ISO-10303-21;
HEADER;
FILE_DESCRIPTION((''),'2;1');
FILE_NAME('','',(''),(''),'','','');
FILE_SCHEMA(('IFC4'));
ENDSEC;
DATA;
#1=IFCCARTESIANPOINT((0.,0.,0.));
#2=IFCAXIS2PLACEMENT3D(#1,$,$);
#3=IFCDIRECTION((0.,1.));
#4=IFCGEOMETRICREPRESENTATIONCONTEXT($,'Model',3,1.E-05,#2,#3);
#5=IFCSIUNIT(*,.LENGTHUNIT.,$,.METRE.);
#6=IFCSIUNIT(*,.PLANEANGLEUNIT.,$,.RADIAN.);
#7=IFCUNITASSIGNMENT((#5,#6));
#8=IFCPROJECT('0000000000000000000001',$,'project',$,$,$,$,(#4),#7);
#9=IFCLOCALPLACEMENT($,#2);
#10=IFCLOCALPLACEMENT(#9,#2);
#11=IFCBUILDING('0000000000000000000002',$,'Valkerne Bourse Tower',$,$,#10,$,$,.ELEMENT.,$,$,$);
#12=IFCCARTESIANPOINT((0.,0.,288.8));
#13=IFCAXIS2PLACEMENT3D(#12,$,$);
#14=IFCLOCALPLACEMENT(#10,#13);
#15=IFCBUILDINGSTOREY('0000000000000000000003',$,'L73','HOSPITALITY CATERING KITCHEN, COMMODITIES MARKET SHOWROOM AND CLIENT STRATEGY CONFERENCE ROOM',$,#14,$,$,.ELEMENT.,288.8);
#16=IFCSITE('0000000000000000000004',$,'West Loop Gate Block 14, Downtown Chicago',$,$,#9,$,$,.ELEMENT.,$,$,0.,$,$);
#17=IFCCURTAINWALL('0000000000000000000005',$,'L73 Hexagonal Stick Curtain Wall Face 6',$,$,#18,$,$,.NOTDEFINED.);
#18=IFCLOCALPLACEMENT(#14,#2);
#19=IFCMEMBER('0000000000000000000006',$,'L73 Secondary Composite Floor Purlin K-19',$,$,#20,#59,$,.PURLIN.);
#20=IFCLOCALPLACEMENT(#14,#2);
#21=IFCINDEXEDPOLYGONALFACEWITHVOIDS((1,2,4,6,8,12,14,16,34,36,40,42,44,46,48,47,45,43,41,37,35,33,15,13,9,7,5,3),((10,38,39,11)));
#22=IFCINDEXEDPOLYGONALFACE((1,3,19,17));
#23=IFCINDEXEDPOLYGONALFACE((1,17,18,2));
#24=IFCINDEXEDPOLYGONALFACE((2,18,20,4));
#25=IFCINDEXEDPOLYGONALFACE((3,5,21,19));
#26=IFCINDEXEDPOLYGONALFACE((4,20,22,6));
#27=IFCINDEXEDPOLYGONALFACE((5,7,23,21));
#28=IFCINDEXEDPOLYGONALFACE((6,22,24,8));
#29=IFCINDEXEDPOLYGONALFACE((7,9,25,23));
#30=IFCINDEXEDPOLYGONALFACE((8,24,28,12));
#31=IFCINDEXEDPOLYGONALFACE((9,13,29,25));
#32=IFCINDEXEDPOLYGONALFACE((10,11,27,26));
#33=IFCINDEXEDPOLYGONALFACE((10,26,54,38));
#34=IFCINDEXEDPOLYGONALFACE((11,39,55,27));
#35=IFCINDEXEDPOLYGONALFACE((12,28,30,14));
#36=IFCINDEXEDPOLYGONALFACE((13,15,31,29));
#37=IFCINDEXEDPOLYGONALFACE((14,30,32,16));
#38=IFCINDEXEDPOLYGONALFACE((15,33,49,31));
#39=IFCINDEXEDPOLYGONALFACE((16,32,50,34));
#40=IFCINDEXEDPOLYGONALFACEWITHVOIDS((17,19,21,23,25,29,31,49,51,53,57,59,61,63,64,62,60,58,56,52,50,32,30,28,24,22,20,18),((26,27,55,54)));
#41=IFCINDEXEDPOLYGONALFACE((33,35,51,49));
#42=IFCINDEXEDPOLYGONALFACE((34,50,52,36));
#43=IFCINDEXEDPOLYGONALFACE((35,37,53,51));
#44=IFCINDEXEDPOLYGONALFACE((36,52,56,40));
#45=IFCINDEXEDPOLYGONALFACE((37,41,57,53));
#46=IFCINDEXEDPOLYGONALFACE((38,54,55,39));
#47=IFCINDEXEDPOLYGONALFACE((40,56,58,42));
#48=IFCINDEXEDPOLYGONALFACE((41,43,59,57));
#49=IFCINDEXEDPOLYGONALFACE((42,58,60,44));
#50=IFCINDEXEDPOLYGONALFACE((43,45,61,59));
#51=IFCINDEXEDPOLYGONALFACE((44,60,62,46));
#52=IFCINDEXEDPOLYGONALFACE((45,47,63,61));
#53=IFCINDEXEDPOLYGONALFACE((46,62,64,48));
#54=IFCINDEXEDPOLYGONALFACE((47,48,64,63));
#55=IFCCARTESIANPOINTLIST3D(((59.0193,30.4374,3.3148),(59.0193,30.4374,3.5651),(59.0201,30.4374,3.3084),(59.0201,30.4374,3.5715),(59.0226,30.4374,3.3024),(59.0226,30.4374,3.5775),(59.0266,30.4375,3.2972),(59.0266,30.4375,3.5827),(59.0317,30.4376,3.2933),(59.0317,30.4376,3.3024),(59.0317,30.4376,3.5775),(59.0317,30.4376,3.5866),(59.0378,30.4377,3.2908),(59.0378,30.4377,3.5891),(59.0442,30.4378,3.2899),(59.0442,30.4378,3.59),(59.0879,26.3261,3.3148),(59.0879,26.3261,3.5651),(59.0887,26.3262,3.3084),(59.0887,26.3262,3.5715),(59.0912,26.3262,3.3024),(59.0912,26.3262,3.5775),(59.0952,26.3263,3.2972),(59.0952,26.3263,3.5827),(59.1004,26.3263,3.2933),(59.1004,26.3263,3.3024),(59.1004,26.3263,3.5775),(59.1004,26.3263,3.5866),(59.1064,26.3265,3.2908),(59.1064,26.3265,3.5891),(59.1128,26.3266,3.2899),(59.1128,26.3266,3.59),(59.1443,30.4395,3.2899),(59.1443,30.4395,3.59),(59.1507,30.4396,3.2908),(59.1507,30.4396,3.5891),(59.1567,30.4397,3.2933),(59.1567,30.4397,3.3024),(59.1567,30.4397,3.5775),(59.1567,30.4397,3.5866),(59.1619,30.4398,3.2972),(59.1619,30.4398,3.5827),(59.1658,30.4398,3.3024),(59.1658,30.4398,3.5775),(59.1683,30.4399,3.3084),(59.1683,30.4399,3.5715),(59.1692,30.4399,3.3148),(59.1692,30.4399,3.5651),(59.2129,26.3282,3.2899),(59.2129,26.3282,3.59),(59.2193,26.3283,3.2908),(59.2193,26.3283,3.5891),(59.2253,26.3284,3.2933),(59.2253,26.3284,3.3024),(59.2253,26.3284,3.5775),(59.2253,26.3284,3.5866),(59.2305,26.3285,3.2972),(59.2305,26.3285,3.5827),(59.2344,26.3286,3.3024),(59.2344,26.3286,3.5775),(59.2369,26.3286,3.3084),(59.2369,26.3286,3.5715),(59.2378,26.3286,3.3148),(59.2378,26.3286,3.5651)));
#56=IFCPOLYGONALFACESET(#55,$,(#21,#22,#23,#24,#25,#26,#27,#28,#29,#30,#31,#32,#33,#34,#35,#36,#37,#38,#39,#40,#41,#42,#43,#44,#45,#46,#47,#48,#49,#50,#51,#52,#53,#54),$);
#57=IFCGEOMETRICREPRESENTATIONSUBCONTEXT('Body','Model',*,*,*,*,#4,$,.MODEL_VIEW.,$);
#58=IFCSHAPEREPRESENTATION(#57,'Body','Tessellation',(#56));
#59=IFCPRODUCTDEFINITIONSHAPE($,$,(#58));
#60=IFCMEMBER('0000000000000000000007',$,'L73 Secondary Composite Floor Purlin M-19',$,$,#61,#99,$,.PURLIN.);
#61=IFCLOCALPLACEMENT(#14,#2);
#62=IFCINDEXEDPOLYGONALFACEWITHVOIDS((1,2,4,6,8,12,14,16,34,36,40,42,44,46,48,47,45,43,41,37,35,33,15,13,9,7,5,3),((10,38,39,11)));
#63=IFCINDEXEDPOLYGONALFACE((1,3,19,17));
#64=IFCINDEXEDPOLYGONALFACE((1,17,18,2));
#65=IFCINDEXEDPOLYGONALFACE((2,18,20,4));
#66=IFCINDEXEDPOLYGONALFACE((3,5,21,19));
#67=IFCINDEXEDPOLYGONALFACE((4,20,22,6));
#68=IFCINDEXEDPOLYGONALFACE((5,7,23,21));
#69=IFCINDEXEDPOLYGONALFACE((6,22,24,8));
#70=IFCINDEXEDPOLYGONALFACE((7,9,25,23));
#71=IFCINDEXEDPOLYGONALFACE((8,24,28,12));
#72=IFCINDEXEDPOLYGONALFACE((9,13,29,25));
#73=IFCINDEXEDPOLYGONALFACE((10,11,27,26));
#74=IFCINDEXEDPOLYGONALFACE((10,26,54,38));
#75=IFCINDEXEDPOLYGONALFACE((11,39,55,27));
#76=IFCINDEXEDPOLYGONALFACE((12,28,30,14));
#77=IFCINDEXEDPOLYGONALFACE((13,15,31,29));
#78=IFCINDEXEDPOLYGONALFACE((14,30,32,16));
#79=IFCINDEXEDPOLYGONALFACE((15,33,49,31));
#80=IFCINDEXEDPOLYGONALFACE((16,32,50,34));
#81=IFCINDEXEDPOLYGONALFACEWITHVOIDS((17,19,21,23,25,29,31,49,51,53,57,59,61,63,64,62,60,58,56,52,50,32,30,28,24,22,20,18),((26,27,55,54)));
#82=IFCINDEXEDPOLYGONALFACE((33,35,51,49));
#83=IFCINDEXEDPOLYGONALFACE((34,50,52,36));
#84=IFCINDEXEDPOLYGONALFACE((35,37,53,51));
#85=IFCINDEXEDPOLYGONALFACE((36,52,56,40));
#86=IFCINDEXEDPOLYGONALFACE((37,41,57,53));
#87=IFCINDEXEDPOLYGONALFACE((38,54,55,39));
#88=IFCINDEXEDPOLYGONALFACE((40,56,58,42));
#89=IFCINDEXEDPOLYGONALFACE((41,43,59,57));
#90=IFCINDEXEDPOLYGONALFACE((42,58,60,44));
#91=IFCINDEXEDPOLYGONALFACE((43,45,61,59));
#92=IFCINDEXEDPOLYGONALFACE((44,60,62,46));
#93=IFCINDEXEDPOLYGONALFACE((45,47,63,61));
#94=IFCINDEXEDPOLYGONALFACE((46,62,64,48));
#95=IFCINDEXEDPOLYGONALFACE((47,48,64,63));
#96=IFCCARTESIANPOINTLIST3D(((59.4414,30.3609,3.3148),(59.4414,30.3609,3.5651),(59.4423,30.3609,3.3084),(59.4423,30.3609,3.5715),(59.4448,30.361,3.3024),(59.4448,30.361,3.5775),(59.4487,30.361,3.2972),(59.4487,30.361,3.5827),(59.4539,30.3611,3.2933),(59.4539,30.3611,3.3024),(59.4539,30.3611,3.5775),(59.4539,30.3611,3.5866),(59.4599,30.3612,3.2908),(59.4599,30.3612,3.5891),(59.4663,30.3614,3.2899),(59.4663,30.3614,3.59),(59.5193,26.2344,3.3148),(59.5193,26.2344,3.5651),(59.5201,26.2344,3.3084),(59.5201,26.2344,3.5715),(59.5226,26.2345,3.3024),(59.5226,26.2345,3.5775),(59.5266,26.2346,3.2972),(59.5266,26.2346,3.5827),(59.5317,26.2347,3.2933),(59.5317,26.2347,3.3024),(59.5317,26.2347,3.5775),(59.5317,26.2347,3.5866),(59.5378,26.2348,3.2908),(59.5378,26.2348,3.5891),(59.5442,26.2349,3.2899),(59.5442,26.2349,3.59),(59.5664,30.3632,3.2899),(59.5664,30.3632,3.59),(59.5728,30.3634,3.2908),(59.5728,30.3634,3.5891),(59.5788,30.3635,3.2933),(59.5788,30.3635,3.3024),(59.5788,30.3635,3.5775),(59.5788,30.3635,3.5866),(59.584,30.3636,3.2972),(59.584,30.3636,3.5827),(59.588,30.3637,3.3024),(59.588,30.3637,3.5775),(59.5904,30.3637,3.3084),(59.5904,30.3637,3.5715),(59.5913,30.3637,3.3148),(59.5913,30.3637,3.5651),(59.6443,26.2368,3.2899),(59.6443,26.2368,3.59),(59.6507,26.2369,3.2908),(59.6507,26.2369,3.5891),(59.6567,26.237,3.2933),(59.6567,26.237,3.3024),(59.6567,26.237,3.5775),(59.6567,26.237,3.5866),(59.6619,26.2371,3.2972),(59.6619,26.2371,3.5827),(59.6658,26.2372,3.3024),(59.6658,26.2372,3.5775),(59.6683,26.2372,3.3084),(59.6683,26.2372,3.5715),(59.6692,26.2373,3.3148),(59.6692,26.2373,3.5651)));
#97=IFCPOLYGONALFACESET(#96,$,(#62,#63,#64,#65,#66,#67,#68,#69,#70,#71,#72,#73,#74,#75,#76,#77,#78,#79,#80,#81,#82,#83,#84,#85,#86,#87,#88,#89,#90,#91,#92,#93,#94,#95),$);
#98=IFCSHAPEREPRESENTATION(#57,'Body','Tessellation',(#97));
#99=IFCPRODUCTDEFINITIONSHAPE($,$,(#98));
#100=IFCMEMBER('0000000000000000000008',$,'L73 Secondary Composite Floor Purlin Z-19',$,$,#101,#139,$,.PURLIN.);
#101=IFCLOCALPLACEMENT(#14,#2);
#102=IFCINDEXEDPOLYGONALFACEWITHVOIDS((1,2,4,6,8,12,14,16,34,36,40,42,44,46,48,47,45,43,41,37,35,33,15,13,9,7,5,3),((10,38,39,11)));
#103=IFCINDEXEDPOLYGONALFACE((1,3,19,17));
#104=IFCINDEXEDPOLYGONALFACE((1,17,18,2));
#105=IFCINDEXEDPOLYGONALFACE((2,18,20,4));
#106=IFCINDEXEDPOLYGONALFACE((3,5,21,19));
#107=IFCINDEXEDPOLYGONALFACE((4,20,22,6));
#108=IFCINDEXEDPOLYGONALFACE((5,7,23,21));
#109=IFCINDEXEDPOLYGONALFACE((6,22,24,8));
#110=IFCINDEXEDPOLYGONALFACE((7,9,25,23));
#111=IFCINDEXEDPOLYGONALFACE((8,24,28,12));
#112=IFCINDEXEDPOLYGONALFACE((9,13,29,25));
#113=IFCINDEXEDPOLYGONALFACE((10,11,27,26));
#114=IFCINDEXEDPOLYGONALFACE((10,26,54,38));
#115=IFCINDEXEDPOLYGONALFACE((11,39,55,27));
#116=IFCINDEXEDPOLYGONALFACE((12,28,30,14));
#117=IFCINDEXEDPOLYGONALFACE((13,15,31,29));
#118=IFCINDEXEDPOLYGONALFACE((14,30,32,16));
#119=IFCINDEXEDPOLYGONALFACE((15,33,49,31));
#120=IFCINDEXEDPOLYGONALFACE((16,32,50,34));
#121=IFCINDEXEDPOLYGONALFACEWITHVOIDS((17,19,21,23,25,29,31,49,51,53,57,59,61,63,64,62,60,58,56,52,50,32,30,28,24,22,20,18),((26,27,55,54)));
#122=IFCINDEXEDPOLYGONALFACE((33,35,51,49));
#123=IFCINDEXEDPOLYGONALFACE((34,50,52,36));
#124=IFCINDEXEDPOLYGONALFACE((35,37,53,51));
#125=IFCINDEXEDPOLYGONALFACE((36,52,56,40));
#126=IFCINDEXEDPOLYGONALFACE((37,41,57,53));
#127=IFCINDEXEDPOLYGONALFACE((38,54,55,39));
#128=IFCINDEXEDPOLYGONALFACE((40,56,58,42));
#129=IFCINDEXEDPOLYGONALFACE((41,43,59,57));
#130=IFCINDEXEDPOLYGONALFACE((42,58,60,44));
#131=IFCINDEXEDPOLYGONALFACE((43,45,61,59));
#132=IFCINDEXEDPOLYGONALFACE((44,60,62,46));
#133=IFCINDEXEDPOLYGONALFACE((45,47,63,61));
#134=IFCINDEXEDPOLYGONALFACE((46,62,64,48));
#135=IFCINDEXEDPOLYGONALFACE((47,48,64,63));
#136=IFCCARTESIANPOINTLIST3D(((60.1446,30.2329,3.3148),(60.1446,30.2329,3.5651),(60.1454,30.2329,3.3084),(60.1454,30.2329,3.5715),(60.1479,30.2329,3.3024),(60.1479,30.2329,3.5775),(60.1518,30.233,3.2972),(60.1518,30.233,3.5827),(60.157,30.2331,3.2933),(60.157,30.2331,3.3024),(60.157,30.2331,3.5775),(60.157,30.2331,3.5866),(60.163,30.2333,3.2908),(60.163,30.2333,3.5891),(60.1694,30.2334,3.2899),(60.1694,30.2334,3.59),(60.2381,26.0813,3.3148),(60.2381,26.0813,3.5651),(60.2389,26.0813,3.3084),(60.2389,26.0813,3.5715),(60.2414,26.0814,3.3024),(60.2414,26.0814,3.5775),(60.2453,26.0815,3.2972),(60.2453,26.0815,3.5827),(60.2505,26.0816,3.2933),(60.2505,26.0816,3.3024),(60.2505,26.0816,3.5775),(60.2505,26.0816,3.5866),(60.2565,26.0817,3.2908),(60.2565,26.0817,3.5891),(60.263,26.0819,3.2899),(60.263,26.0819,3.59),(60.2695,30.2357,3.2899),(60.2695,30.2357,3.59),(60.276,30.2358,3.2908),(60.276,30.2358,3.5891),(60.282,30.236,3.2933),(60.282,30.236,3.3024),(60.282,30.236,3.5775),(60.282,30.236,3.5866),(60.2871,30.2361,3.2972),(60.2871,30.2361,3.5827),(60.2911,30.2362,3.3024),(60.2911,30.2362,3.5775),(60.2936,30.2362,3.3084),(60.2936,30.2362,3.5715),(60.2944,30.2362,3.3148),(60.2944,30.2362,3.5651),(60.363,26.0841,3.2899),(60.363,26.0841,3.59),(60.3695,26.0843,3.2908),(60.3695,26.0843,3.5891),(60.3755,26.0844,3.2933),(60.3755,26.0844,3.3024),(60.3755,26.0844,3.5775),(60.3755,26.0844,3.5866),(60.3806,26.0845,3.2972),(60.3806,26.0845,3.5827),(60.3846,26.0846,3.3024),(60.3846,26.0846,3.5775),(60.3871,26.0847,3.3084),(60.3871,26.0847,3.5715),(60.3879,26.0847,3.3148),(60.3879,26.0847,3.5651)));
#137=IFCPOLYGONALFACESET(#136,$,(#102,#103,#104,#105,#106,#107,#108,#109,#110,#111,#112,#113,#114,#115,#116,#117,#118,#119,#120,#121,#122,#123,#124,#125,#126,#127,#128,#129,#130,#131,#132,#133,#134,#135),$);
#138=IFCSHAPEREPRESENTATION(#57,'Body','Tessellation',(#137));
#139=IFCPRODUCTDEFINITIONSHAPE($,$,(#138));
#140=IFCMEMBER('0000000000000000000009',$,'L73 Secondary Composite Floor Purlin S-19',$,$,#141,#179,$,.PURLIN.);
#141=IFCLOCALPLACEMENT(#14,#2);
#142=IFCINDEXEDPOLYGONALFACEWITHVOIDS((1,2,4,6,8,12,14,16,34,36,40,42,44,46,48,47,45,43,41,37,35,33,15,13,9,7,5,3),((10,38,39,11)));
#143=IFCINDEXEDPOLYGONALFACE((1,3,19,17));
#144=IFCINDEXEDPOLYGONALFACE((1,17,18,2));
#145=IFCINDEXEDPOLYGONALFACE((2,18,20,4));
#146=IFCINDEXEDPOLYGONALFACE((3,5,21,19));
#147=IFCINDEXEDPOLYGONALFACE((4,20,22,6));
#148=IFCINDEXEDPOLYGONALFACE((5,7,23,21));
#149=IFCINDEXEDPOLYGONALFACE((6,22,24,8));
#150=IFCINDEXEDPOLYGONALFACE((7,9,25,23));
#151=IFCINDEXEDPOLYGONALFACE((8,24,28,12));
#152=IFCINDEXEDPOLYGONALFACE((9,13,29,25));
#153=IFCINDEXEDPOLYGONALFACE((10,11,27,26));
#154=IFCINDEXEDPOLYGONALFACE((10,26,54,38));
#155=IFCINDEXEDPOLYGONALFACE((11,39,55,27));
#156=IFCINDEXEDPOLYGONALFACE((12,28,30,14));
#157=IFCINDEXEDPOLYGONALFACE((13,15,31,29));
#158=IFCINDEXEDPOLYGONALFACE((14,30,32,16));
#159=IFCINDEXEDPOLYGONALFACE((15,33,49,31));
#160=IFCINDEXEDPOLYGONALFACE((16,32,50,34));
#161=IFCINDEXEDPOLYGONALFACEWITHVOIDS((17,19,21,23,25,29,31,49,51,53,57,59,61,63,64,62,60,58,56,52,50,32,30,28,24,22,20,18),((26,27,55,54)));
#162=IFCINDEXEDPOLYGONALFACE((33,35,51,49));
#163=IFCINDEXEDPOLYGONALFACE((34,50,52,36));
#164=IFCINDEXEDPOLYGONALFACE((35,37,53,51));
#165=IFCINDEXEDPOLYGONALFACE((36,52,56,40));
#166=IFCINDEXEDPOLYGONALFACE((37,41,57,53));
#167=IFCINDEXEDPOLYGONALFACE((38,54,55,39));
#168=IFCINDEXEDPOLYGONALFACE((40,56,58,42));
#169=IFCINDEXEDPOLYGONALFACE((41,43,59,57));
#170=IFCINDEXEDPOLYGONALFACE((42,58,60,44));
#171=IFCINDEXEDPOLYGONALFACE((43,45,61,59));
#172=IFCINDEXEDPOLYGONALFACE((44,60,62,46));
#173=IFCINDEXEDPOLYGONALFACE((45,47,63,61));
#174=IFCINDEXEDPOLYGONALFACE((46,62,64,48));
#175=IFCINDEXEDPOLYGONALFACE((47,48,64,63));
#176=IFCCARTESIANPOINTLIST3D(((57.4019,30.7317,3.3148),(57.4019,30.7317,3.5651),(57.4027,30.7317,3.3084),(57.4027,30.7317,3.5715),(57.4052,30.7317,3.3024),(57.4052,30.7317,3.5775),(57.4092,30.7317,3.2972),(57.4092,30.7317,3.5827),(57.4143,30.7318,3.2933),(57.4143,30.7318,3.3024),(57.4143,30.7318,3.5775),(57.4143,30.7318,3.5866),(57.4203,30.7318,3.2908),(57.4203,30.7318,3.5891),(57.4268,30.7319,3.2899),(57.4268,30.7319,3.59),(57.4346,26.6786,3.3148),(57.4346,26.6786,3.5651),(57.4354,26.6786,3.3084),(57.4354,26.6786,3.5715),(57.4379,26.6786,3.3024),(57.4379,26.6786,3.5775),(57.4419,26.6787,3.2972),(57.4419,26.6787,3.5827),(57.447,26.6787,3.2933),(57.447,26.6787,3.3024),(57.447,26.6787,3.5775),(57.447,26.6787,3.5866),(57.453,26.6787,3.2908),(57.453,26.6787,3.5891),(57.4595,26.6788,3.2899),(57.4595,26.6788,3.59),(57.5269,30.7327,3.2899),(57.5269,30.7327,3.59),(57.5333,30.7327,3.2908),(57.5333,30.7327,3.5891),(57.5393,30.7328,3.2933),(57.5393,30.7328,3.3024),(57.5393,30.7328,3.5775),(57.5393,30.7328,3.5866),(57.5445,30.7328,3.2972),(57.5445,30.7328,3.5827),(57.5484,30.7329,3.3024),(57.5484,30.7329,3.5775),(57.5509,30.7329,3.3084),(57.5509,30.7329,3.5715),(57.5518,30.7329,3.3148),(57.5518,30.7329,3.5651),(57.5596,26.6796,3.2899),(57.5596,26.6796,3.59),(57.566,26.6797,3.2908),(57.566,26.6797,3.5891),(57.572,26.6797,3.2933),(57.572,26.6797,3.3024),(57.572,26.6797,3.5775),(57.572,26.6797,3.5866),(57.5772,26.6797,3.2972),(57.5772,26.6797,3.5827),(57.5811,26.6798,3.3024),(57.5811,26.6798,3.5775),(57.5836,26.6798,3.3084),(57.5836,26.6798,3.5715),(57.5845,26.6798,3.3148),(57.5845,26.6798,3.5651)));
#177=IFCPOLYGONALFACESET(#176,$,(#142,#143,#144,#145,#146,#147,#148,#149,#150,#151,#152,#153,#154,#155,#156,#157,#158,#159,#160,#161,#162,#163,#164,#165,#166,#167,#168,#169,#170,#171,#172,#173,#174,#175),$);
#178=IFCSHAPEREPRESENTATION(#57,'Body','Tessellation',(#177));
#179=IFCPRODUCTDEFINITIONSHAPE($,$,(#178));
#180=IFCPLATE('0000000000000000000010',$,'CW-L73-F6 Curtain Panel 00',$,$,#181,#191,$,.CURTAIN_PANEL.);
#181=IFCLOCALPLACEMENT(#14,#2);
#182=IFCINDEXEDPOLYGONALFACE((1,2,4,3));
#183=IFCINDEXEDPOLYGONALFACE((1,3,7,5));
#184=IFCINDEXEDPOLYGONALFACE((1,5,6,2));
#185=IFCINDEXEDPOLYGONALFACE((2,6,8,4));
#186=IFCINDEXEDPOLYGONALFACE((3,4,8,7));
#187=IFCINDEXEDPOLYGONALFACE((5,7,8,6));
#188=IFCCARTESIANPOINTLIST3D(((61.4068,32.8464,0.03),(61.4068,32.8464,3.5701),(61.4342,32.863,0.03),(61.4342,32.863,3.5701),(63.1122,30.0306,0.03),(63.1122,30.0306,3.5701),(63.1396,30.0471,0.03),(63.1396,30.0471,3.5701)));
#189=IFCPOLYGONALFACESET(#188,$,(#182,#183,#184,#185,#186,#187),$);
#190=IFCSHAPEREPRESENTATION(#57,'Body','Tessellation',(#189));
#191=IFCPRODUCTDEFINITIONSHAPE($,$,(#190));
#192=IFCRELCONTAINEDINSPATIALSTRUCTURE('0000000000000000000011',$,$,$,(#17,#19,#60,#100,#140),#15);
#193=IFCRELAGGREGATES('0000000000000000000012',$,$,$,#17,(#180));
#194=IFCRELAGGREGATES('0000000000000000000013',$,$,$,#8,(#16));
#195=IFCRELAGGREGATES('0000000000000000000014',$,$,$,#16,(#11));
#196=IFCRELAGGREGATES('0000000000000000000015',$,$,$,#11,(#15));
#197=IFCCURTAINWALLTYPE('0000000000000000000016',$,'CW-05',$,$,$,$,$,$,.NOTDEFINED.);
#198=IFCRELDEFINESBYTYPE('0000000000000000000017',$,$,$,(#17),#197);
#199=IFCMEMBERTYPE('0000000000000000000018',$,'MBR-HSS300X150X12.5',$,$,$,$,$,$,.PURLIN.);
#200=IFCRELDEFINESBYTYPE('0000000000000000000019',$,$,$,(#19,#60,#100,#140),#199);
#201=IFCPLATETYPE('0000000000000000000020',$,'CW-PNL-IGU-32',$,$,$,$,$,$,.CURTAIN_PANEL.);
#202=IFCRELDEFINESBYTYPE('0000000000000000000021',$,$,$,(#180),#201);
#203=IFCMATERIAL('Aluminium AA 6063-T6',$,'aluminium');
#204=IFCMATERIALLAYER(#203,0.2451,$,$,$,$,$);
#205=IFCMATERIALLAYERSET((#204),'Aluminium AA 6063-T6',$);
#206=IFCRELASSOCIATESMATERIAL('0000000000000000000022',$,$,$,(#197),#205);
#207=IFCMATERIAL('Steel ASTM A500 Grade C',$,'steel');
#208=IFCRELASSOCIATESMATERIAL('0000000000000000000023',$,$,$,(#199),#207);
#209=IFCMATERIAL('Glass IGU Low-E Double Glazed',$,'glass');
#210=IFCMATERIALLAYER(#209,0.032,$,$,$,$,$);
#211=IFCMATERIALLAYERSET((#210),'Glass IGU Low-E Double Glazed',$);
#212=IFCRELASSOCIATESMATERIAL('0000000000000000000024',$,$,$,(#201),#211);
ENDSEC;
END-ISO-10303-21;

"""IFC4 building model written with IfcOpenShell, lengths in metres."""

from ifc_helpers import new_model, si_unit, direction, frame, origin, origin_2d, place, context, subcontext, project, spatial, rectangle, hollow_rectangle, extrude, material, layer, layer_set, material_profile, profile_set, type_object, element, aggregate, save


model = new_model("IFC4")

# Units and contexts
model_context = context("Model", 3, precision=1e-05, world=origin(), true_north=direction((0.0, 1.0)))
body_context = subcontext(model_context, "Body", "Model", "MODEL_VIEW")
ifc_project = project(units=[si_unit("LENGTHUNIT", "METRE"), si_unit("PLANEANGLEUNIT", "RADIAN")], contexts=[model_context])

# Site, building, storey
site_placement = place(None, origin())
site = spatial("IfcSite", under=ifc_project, at=site_placement, Name="West Loop Gate Block 14, Downtown Chicago", CompositionType="ELEMENT", RefElevation=0.0)
building_placement = place(site_placement, origin())
building = spatial("IfcBuilding", under=site, at=building_placement, Name="Valkerne Bourse Tower", CompositionType="ELEMENT")
storey_placement = place(building_placement, frame((0.0, 0.0, 288.8)))
storey = spatial("IfcBuildingStorey", under=building, at=storey_placement, Name="L73", Description="HOSPITALITY CATERING KITCHEN, COMMODITIES MARKET SHOWROOM AND CLIENT STRATEGY CONFERENCE ROOM", CompositionType="ELEMENT", Elevation=288.8)

# Shared definitions
ifc_material_1 = material(Name="Steel ASTM A500 Grade C", Category="steel")

# Curtain wall
ifc_material_2 = material(Name="Aluminium AA 6063-T6", Category="aluminium")
ifc_layer_1 = layer(ifc_material_2, 0.2451)
ifc_layer_set_1 = layer_set([ifc_layer_1], Name="Aluminium AA 6063-T6")
curtain_wall_type = type_object("IfcCurtainWallType", Name="CW-05", PredefinedType="NOTDEFINED", material=ifc_layer_set_1)
curtain_wall_placement = place(storey_placement, origin())
curtain_wall = element("IfcCurtainWall", 1, at=curtain_wall_placement, inside=storey, type_object=curtain_wall_type, Name="L73 Hexagonal Stick Curtain Wall Face 6", PredefinedType="NOTDEFINED")

# Members
ifc_material_profile_1 = material_profile(ifc_material_1, hollow_rectangle(XDim=0.1499, YDim=0.3, WallThickness=0.0125, OuterFilletRadius=0.0249, at=origin_2d()), Name="HSS300X150X12.5")
ifc_profile_set_1 = profile_set([ifc_material_profile_1], Name="Steel ASTM A500 Grade C")
member_type_1 = type_object("IfcMemberType", Name="MBR-HSS300X150X12.5", PredefinedType="PURLIN", material=ifc_profile_set_1)
member_1_placement = place(storey_placement, frame((59.1628, 26.3274, 3.4399), z_axis=(-0.016684, 0.999861, 0.0), x_axis=(-0.999861, -0.016684, 0.0)))
element("IfcMember", 2, at=member_1_placement, inside=storey, type_object=member_type_1, Name="L73 Secondary Composite Floor Purlin K-19", PredefinedType="PURLIN", context=body_context, shape_type="SweptSolid", body=[
    extrude(hollow_rectangle(XDim=0.1499, YDim=0.3, WallThickness=0.0125, OuterFilletRadius=0.0249, at=origin_2d()), origin(), (0.0, 0.0, 1.0), 4.1118),
])
member_2_placement = place(storey_placement, frame((59.5942, 26.2358, 3.4399), z_axis=(-0.01887, 0.999822, 0.0), x_axis=(-0.999822, -0.01887, 0.0)))
element("IfcMember", 3, at=member_2_placement, inside=storey, type_object=member_type_1, Name="L73 Secondary Composite Floor Purlin M-19", PredefinedType="PURLIN", context=body_context, shape_type="SweptSolid", body=[
    extrude(hollow_rectangle(XDim=0.1499, YDim=0.3, WallThickness=0.0125, OuterFilletRadius=0.0249, at=origin_2d()), origin(), (0.0, 0.0, 1.0), 4.1272),
])
member_3_placement = place(storey_placement, frame((60.313, 26.083, 3.4399), z_axis=(-0.022517, 0.999746, 0.0), x_axis=(-0.999746, -0.022517, 0.0)))
element("IfcMember", 4, at=member_3_placement, inside=storey, type_object=member_type_1, Name="L73 Secondary Composite Floor Purlin Z-19", PredefinedType="PURLIN", context=body_context, shape_type="SweptSolid", body=[
    extrude(hollow_rectangle(XDim=0.1499, YDim=0.3, WallThickness=0.0125, OuterFilletRadius=0.0249, at=origin_2d()), origin(), (0.0, 0.0, 1.0), 4.1526),
])
member_4_placement = place(storey_placement, frame((57.5095, 26.6792, 3.4399), z_axis=(-0.008072, 0.999967, 0.0), x_axis=(-0.999967, -0.008072, 0.0)))
element("IfcMember", 5, at=member_4_placement, inside=storey, type_object=member_type_1, Name="L73 Secondary Composite Floor Purlin S-19", PredefinedType="PURLIN", context=body_context, shape_type="SweptSolid", body=[
    extrude(hollow_rectangle(XDim=0.1499, YDim=0.3, WallThickness=0.0125, OuterFilletRadius=0.0249, at=origin_2d()), origin(), (0.0, 0.0, 1.0), 4.0532),
])

# Plate
ifc_material_3 = material(Name="Glass IGU Low-E Double Glazed", Category="glass")
ifc_layer_2 = layer(ifc_material_3, 0.032)
ifc_layer_set_2 = layer_set([ifc_layer_2], Name="Glass IGU Low-E Double Glazed")
plate_type_1 = type_object("IfcPlateType", Name="CW-PNL-IGU-32", PredefinedType="CURTAIN_PANEL", material=ifc_layer_set_2)
plate_1_placement = place(storey_placement, frame((62.2732, 31.4468, 0.03), z_axis=(0.0, 0.0, 1.0), x_axis=(-0.518039, 0.855357, 0.0)))
plate_1 = element("IfcPlate", 6, at=plate_1_placement, type_object=plate_type_1, Name="CW-L73-F6 Curtain Panel 00", PredefinedType="CURTAIN_PANEL", context=body_context, shape_type="SweptSolid", body=[
    extrude(rectangle(XDim=3.292, YDim=0.032, at=origin_2d()), origin(), (0.0, 0.0, 1.0), 3.54),
])
aggregate(curtain_wall, [plate_1])

save(model, "model.ifc")
